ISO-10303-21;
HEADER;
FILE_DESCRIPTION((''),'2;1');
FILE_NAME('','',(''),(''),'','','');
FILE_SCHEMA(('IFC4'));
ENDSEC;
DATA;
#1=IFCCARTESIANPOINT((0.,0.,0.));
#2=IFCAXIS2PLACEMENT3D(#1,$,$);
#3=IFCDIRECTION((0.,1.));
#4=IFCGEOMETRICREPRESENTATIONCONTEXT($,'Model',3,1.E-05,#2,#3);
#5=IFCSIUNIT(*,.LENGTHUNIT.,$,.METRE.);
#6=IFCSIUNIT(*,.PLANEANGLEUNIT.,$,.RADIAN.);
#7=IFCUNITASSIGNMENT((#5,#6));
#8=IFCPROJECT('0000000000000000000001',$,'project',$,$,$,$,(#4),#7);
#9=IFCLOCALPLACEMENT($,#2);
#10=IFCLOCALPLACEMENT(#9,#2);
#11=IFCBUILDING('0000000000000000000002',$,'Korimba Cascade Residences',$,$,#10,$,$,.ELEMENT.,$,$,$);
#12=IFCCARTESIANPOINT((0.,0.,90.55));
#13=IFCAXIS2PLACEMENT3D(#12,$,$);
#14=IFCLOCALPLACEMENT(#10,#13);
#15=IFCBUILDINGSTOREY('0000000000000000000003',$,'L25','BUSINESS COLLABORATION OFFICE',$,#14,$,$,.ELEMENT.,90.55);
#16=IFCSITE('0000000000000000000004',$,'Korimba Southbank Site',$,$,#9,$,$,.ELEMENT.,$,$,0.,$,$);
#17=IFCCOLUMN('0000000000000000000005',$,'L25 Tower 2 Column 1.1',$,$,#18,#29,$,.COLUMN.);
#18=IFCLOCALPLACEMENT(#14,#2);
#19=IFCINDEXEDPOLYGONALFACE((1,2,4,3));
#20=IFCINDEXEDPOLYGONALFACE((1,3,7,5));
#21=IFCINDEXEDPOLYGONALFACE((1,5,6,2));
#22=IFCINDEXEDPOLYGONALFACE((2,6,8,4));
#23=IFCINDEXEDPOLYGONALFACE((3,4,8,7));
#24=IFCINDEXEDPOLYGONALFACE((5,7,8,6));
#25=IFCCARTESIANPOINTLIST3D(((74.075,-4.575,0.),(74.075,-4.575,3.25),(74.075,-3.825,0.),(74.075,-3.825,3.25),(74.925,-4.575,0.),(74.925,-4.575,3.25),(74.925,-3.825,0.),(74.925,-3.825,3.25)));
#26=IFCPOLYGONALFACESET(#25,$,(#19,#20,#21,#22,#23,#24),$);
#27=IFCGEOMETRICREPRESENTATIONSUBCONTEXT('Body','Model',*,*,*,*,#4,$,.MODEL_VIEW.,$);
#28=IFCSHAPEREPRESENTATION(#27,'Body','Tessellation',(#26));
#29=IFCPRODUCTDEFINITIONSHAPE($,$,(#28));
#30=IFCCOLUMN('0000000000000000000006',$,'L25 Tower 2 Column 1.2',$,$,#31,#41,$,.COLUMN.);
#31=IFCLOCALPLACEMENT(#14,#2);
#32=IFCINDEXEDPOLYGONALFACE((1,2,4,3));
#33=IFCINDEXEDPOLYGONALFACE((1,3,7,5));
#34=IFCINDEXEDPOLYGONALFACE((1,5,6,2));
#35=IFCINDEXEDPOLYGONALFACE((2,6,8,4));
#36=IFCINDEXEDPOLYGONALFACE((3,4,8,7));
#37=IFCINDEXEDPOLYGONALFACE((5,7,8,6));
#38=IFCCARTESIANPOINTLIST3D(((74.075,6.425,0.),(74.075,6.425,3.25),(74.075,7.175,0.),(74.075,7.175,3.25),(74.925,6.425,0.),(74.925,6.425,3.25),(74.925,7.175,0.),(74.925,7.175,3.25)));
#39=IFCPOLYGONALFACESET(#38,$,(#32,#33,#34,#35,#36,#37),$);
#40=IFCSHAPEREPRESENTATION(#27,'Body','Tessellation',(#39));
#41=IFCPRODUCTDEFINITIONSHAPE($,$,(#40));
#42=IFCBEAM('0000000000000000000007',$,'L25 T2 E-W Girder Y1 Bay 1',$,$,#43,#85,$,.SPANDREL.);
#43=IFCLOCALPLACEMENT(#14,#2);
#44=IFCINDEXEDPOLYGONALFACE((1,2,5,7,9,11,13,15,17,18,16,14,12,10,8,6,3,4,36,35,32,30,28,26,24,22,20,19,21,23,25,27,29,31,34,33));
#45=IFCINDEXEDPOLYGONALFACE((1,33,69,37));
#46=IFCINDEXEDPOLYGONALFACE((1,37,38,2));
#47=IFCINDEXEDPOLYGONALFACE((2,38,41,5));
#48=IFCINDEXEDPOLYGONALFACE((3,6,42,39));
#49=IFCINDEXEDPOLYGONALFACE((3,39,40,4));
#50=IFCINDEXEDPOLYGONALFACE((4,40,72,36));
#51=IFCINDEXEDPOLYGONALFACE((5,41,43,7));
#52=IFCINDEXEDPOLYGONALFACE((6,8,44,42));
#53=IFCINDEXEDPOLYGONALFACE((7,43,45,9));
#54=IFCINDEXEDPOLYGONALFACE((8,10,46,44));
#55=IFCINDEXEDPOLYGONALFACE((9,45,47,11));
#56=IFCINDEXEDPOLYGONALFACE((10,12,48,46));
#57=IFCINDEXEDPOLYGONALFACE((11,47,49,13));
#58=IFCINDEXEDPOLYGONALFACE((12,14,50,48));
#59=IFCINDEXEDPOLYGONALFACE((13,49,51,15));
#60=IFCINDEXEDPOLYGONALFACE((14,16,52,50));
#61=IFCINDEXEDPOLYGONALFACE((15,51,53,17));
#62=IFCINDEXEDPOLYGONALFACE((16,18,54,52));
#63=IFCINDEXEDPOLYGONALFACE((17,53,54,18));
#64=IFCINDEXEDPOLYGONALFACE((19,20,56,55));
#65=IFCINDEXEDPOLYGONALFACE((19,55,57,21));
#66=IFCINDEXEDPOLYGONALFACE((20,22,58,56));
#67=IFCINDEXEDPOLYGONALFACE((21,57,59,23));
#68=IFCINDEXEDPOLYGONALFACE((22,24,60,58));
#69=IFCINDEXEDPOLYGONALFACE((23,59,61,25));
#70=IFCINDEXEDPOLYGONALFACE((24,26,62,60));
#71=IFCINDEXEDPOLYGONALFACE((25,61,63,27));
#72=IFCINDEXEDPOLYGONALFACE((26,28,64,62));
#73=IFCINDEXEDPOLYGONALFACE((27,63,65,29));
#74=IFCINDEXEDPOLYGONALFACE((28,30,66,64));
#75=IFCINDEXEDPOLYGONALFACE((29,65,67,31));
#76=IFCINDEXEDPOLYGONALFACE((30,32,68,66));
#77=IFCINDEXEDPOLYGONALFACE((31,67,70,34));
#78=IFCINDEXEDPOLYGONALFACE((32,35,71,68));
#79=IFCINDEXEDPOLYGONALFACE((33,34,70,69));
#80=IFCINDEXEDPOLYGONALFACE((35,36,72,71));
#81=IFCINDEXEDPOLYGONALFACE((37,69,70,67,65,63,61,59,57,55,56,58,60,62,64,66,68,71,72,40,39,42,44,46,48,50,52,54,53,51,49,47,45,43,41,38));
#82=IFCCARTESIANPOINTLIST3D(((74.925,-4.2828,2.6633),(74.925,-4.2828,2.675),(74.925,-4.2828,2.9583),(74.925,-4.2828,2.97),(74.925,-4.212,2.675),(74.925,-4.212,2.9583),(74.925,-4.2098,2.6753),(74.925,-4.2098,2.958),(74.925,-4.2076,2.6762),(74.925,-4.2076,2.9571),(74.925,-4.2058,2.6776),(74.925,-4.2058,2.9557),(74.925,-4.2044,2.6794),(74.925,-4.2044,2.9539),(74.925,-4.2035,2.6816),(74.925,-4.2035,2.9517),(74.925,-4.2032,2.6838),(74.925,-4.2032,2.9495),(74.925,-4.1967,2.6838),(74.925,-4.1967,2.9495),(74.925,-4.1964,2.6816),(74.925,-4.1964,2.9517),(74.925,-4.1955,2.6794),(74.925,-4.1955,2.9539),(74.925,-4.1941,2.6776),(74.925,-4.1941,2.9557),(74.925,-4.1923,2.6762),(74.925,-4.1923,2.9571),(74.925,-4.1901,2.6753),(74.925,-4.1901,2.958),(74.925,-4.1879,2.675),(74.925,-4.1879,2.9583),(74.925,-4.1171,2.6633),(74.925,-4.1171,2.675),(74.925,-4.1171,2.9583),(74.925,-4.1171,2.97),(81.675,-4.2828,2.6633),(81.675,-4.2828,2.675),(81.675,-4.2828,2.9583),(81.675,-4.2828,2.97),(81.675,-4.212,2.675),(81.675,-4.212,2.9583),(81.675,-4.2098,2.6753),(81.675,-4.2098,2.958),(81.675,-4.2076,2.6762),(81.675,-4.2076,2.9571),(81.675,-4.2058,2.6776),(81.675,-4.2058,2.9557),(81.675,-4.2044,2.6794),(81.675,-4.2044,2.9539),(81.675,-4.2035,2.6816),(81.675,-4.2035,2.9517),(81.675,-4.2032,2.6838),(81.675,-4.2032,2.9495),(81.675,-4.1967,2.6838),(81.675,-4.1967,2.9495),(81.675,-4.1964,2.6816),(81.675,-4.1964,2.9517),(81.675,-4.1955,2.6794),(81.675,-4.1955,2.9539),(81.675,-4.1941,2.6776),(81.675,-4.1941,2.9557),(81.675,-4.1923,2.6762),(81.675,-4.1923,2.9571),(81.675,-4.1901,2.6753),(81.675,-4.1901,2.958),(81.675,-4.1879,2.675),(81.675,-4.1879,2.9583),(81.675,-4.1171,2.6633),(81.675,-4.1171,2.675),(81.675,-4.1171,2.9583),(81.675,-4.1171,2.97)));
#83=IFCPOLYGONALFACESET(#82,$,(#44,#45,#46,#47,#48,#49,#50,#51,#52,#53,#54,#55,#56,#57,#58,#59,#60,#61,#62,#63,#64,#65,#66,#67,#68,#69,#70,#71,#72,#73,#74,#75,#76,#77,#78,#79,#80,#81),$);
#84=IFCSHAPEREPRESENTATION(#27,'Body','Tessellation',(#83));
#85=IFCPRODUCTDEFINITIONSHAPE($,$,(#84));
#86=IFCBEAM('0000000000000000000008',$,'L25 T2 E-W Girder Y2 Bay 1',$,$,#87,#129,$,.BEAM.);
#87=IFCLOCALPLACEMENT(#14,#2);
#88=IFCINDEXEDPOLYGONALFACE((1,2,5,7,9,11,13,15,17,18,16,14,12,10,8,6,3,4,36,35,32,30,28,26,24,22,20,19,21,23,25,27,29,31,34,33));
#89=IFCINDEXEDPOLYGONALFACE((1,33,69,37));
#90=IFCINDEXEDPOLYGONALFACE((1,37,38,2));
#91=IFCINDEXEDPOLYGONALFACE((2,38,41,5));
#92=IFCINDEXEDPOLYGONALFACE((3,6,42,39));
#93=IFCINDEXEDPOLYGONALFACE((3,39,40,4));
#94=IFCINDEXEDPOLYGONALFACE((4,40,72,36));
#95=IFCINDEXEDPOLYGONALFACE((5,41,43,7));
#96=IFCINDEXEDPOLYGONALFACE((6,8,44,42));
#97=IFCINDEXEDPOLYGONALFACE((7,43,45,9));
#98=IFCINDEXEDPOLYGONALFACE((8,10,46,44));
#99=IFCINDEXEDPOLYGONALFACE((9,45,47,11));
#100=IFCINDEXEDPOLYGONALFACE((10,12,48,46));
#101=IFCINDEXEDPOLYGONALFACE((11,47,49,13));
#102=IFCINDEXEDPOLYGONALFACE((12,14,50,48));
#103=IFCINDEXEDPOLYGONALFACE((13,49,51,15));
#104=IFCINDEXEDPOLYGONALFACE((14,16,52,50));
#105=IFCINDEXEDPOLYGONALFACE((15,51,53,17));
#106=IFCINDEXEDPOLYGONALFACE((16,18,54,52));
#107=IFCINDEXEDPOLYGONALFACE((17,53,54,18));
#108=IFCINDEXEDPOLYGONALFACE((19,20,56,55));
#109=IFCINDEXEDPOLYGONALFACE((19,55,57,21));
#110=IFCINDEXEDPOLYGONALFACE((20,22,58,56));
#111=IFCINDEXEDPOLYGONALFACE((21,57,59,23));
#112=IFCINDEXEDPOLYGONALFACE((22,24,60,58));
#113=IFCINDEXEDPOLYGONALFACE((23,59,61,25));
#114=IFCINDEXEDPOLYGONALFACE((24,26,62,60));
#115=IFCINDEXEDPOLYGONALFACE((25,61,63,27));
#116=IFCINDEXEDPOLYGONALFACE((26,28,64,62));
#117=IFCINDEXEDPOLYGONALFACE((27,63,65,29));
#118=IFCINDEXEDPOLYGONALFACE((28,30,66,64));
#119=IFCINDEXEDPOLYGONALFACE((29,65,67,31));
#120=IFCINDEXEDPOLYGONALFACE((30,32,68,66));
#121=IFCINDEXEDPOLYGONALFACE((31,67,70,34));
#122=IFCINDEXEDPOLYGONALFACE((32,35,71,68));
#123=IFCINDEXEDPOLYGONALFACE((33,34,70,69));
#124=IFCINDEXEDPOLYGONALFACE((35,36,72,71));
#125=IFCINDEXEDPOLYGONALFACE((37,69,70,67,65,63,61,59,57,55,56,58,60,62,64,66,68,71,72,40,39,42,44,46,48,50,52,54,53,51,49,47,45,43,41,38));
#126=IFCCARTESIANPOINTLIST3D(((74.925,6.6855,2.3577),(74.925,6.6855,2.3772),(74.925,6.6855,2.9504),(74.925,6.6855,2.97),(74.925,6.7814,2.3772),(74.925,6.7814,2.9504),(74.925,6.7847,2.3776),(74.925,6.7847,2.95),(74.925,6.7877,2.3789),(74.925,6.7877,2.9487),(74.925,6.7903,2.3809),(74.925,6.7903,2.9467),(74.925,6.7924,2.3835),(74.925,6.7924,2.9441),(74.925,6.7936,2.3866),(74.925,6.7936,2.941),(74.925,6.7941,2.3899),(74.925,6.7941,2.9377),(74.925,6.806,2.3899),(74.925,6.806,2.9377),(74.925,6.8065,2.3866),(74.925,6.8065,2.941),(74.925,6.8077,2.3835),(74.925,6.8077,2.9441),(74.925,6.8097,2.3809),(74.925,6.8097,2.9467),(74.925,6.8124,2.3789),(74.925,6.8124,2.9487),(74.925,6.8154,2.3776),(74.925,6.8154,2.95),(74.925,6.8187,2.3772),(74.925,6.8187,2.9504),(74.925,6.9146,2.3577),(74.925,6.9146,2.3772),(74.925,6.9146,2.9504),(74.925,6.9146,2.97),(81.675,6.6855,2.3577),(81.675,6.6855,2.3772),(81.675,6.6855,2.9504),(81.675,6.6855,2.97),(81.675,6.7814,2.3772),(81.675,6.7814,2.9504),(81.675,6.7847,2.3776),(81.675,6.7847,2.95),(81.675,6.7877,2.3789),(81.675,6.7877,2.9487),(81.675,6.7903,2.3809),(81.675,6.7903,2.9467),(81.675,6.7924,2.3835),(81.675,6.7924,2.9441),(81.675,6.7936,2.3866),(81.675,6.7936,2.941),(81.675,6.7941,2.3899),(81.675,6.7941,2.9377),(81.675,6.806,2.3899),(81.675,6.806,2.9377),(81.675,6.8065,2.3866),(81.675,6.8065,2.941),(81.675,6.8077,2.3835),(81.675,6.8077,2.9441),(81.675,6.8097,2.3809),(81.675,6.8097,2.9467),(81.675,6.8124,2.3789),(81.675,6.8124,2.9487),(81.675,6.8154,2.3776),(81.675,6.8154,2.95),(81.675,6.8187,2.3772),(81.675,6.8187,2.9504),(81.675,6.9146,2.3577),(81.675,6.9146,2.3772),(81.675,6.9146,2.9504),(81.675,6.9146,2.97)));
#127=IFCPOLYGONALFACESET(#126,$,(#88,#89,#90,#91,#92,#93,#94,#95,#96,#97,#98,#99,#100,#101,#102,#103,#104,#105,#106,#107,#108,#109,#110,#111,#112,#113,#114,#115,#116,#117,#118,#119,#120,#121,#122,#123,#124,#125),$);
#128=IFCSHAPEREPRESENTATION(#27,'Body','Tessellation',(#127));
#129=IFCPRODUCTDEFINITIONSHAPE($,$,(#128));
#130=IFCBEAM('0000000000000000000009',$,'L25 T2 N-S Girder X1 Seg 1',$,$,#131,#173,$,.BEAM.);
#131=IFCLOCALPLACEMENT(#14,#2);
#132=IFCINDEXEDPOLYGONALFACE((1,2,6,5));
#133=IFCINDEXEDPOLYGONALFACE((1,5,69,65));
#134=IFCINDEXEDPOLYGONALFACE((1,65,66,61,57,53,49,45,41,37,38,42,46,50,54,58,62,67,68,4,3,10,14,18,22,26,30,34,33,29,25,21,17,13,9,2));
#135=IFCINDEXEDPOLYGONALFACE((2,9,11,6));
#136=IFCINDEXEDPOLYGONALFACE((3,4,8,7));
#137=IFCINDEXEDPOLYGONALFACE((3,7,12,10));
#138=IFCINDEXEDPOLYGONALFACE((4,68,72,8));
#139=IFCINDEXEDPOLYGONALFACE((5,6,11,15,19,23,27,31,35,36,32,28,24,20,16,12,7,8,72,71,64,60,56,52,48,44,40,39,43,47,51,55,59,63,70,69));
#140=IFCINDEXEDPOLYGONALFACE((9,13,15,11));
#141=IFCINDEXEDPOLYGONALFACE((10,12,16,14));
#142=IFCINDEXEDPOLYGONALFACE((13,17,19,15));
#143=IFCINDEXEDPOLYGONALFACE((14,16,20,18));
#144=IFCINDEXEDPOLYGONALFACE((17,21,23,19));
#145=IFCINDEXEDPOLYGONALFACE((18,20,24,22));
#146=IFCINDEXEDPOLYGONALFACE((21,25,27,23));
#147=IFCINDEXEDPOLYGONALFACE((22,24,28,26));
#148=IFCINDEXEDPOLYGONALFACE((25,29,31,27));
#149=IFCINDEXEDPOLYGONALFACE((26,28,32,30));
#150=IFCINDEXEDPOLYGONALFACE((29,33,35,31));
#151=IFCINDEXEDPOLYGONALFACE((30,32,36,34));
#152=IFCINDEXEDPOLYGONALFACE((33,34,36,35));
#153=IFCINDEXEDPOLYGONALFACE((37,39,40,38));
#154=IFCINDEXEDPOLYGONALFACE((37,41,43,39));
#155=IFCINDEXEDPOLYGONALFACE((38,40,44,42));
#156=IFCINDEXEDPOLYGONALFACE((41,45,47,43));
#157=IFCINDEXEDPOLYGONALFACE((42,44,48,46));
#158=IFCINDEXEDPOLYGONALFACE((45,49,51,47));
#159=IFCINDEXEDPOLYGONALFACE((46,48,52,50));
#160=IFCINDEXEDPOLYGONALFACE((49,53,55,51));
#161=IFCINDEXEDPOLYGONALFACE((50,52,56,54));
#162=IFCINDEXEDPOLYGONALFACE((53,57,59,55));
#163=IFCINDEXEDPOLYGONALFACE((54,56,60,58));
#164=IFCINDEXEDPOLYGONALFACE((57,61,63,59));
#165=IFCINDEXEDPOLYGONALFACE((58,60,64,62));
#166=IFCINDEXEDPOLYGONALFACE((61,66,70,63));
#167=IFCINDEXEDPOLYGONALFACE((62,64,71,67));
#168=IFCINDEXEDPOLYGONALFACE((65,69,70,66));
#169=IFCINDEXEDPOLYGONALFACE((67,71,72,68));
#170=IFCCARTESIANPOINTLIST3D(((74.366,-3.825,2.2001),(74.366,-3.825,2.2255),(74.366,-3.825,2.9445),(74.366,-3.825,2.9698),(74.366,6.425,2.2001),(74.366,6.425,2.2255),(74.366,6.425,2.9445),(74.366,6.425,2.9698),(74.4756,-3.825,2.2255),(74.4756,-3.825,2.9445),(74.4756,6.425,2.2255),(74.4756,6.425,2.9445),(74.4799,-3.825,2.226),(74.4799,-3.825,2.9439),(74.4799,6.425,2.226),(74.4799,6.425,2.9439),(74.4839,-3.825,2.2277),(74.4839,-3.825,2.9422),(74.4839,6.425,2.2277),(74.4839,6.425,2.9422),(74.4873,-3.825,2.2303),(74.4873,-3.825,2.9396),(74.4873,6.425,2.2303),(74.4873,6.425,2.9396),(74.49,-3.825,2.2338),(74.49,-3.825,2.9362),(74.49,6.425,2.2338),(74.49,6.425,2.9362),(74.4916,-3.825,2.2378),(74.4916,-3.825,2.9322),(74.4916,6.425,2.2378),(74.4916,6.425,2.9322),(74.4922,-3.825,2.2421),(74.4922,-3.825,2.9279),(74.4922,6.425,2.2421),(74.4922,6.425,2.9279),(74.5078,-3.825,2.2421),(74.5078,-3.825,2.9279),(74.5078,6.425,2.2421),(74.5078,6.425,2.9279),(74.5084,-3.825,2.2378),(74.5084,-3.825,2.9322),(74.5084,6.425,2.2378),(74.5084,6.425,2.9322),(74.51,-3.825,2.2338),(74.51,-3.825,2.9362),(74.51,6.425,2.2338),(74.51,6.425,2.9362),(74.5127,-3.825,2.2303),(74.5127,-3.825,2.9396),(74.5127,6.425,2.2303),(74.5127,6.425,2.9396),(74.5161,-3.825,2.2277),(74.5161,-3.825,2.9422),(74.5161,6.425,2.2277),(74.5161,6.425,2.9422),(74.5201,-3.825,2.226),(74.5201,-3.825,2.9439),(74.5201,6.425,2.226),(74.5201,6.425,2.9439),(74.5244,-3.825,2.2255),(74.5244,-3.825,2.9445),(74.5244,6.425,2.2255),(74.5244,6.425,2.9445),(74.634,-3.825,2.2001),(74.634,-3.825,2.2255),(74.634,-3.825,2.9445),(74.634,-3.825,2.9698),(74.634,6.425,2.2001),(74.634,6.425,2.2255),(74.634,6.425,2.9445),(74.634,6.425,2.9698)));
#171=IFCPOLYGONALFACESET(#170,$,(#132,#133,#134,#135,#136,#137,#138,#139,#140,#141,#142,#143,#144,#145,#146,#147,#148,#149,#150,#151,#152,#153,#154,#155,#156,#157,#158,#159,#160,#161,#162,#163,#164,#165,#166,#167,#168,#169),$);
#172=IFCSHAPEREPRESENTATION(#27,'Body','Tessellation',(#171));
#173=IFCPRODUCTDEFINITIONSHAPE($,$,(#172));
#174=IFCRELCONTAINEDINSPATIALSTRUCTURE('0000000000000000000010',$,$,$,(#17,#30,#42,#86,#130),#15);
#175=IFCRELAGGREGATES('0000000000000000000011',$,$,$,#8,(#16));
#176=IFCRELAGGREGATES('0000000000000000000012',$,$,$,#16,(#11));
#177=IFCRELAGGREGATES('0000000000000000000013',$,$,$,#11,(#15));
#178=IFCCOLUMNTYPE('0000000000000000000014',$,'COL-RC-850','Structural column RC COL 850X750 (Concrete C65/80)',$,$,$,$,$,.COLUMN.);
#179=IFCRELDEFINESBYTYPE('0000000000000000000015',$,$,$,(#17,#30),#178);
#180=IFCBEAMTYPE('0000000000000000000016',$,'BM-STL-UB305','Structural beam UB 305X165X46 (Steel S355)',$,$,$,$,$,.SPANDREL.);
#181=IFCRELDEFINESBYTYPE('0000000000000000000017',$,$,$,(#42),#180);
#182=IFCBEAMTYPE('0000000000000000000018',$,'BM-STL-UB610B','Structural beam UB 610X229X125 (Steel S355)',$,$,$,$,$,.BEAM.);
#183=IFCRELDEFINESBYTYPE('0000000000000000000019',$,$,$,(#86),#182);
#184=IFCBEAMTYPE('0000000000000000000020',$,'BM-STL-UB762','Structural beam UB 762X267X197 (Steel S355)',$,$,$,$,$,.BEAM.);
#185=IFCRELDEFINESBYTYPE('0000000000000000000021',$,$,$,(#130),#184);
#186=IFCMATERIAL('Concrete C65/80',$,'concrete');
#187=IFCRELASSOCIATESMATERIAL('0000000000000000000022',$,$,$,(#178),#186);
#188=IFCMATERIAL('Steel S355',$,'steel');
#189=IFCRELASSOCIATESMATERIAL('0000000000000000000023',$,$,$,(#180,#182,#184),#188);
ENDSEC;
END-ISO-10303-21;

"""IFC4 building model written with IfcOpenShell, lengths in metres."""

from ifc_helpers import new_model, si_unit, direction, frame, origin, origin_2d, place, context, subcontext, project, spatial, rectangle, i_section, extrude, material, material_profile, profile_set, type_object, element, save


model = new_model("IFC4")

# Units and contexts
model_context = context("Model", 3, precision=1e-05, world=origin(), true_north=direction((0.0, 1.0)))
body_context = subcontext(model_context, "Body", "Model", "MODEL_VIEW")
ifc_project = project(units=[si_unit("LENGTHUNIT", "METRE"), si_unit("PLANEANGLEUNIT", "RADIAN")], contexts=[model_context])

# Site, building, storey
site_placement = place(None, origin())
site = spatial("IfcSite", under=ifc_project, at=site_placement, Name="Korimba Southbank Site", CompositionType="ELEMENT", RefElevation=0.0)
building_placement = place(site_placement, origin())
building = spatial("IfcBuilding", under=site, at=building_placement, Name="Korimba Cascade Residences", CompositionType="ELEMENT")
storey_placement = place(building_placement, frame((0.0, 0.0, 90.55)))
storey = spatial("IfcBuildingStorey", under=building, at=storey_placement, Name="L25", Description="BUSINESS COLLABORATION OFFICE", CompositionType="ELEMENT", Elevation=90.55)

# Columns
ifc_material_1 = material(Name="Concrete C65/80", Category="concrete")
ifc_material_profile_1 = material_profile(ifc_material_1, rectangle(XDim=0.8501, YDim=0.75, at=origin_2d()), Name="Concrete C65/80")
ifc_profile_set_1 = profile_set([ifc_material_profile_1], Name="Concrete C65/80")
column_type = type_object("IfcColumnType", Name="COL-RC-850", Description="Structural column RC COL 850X750 (Concrete C65/80)", PredefinedType="COLUMN", material=ifc_profile_set_1)
for number, where, z_axis, x_axis, name in (
    (1, (74.5, -4.2, 0.0), (0.0, 0.0, 1.0), (1.0, 0.0, 0.0), "L25 Tower 2 Column 1.1"),
    (2, (74.5, 6.8, 0.0), (0.0, 0.0, 1.0), (1.0, 0.0, 0.0), "L25 Tower 2 Column 1.2"),
):
    element("IfcColumn", number, at=place(storey_placement, frame(where, z_axis=z_axis, x_axis=x_axis)), inside=storey, type_object=column_type, Name=name, PredefinedType="COLUMN", context=body_context, shape_type="SweptSolid", body=[
        extrude(rectangle(XDim=0.8501, YDim=0.75, at=origin_2d()), origin(), (0.0, 0.0, 1.0), 3.25),
    ])

# Beams
ifc_material_2 = material(Name="Steel S355", Category="steel")
ifc_material_profile_2 = material_profile(ifc_material_2, i_section(OverallWidth=0.1658, OverallDepth=0.3066, WebThickness=0.0066, FlangeThickness=0.0117, FilletRadius=0.0088, at=origin_2d()), Name="Steel S355")
ifc_profile_set_2 = profile_set([ifc_material_profile_2], Name="Steel S355")
beam_type_1 = type_object("IfcBeamType", Name="BM-STL-UB305", Description="Structural beam UB 305X165X46 (Steel S355)", PredefinedType="SPANDREL", material=ifc_profile_set_2)
beam_1_placement = place(storey_placement, frame((74.925, -4.2, 2.8167), z_axis=(1.0, 0.0, 0.0), x_axis=(0.0, 1.0, 0.0)))
element("IfcBeam", 3, at=beam_1_placement, inside=storey, type_object=beam_type_1, Name="L25 T2 E-W Girder Y1 Bay 1", PredefinedType="SPANDREL", context=body_context, shape_type="SweptSolid", body=[
    extrude(i_section(OverallWidth=0.1658, OverallDepth=0.3066, WebThickness=0.0066, FlangeThickness=0.0117, FilletRadius=0.0088, at=origin_2d()), origin(), (0.0, 0.0, 1.0), 6.75),
])
ifc_material_profile_3 = material_profile(ifc_material_2, i_section(OverallWidth=0.229, OverallDepth=0.6123, WebThickness=0.012, FlangeThickness=0.0195, FilletRadius=0.0127, at=origin_2d()), Name="Steel S355")
ifc_profile_set_3 = profile_set([ifc_material_profile_3], Name="Steel S355")
beam_type_2 = type_object("IfcBeamType", Name="BM-STL-UB610B", Description="Structural beam UB 610X229X125 (Steel S355)", PredefinedType="BEAM", material=ifc_profile_set_3)
beam_2_placement = place(storey_placement, frame((74.925, 6.8, 2.6638), z_axis=(1.0, 0.0, 0.0), x_axis=(0.0, 1.0, 0.0)))
element("IfcBeam", 4, at=beam_2_placement, inside=storey, type_object=beam_type_2, Name="L25 T2 E-W Girder Y2 Bay 1", PredefinedType="BEAM", context=body_context, shape_type="SweptSolid", body=[
    extrude(i_section(OverallWidth=0.229, OverallDepth=0.6123, WebThickness=0.012, FlangeThickness=0.0195, FilletRadius=0.0127, at=origin_2d()), origin(), (0.0, 0.0, 1.0), 6.75),
])
ifc_material_profile_4 = material_profile(ifc_material_2, i_section(OverallWidth=0.2681, OverallDepth=0.7698, WebThickness=0.0156, FlangeThickness=0.0254, FilletRadius=0.0166, at=origin_2d()), Name="Steel S355")
ifc_profile_set_4 = profile_set([ifc_material_profile_4], Name="Steel S355")
beam_type_3 = type_object("IfcBeamType", Name="BM-STL-UB762", Description="Structural beam UB 762X267X197 (Steel S355)", PredefinedType="BEAM", material=ifc_profile_set_4)
beam_3_placement = place(storey_placement, frame((74.5, -3.825, 2.585), z_axis=(0.0, 1.0, 0.0), x_axis=(-1.0, 0.0, 0.0)))
element("IfcBeam", 5, at=beam_3_placement, inside=storey, type_object=beam_type_3, Name="L25 T2 N-S Girder X1 Seg 1", PredefinedType="BEAM", context=body_context, shape_type="SweptSolid", body=[
    extrude(i_section(OverallWidth=0.2681, OverallDepth=0.7698, WebThickness=0.0156, FlangeThickness=0.0254, FilletRadius=0.0166, at=origin_2d()), origin(), (0.0, 0.0, 1.0), 10.25),
])

save(model, "model.ifc")
